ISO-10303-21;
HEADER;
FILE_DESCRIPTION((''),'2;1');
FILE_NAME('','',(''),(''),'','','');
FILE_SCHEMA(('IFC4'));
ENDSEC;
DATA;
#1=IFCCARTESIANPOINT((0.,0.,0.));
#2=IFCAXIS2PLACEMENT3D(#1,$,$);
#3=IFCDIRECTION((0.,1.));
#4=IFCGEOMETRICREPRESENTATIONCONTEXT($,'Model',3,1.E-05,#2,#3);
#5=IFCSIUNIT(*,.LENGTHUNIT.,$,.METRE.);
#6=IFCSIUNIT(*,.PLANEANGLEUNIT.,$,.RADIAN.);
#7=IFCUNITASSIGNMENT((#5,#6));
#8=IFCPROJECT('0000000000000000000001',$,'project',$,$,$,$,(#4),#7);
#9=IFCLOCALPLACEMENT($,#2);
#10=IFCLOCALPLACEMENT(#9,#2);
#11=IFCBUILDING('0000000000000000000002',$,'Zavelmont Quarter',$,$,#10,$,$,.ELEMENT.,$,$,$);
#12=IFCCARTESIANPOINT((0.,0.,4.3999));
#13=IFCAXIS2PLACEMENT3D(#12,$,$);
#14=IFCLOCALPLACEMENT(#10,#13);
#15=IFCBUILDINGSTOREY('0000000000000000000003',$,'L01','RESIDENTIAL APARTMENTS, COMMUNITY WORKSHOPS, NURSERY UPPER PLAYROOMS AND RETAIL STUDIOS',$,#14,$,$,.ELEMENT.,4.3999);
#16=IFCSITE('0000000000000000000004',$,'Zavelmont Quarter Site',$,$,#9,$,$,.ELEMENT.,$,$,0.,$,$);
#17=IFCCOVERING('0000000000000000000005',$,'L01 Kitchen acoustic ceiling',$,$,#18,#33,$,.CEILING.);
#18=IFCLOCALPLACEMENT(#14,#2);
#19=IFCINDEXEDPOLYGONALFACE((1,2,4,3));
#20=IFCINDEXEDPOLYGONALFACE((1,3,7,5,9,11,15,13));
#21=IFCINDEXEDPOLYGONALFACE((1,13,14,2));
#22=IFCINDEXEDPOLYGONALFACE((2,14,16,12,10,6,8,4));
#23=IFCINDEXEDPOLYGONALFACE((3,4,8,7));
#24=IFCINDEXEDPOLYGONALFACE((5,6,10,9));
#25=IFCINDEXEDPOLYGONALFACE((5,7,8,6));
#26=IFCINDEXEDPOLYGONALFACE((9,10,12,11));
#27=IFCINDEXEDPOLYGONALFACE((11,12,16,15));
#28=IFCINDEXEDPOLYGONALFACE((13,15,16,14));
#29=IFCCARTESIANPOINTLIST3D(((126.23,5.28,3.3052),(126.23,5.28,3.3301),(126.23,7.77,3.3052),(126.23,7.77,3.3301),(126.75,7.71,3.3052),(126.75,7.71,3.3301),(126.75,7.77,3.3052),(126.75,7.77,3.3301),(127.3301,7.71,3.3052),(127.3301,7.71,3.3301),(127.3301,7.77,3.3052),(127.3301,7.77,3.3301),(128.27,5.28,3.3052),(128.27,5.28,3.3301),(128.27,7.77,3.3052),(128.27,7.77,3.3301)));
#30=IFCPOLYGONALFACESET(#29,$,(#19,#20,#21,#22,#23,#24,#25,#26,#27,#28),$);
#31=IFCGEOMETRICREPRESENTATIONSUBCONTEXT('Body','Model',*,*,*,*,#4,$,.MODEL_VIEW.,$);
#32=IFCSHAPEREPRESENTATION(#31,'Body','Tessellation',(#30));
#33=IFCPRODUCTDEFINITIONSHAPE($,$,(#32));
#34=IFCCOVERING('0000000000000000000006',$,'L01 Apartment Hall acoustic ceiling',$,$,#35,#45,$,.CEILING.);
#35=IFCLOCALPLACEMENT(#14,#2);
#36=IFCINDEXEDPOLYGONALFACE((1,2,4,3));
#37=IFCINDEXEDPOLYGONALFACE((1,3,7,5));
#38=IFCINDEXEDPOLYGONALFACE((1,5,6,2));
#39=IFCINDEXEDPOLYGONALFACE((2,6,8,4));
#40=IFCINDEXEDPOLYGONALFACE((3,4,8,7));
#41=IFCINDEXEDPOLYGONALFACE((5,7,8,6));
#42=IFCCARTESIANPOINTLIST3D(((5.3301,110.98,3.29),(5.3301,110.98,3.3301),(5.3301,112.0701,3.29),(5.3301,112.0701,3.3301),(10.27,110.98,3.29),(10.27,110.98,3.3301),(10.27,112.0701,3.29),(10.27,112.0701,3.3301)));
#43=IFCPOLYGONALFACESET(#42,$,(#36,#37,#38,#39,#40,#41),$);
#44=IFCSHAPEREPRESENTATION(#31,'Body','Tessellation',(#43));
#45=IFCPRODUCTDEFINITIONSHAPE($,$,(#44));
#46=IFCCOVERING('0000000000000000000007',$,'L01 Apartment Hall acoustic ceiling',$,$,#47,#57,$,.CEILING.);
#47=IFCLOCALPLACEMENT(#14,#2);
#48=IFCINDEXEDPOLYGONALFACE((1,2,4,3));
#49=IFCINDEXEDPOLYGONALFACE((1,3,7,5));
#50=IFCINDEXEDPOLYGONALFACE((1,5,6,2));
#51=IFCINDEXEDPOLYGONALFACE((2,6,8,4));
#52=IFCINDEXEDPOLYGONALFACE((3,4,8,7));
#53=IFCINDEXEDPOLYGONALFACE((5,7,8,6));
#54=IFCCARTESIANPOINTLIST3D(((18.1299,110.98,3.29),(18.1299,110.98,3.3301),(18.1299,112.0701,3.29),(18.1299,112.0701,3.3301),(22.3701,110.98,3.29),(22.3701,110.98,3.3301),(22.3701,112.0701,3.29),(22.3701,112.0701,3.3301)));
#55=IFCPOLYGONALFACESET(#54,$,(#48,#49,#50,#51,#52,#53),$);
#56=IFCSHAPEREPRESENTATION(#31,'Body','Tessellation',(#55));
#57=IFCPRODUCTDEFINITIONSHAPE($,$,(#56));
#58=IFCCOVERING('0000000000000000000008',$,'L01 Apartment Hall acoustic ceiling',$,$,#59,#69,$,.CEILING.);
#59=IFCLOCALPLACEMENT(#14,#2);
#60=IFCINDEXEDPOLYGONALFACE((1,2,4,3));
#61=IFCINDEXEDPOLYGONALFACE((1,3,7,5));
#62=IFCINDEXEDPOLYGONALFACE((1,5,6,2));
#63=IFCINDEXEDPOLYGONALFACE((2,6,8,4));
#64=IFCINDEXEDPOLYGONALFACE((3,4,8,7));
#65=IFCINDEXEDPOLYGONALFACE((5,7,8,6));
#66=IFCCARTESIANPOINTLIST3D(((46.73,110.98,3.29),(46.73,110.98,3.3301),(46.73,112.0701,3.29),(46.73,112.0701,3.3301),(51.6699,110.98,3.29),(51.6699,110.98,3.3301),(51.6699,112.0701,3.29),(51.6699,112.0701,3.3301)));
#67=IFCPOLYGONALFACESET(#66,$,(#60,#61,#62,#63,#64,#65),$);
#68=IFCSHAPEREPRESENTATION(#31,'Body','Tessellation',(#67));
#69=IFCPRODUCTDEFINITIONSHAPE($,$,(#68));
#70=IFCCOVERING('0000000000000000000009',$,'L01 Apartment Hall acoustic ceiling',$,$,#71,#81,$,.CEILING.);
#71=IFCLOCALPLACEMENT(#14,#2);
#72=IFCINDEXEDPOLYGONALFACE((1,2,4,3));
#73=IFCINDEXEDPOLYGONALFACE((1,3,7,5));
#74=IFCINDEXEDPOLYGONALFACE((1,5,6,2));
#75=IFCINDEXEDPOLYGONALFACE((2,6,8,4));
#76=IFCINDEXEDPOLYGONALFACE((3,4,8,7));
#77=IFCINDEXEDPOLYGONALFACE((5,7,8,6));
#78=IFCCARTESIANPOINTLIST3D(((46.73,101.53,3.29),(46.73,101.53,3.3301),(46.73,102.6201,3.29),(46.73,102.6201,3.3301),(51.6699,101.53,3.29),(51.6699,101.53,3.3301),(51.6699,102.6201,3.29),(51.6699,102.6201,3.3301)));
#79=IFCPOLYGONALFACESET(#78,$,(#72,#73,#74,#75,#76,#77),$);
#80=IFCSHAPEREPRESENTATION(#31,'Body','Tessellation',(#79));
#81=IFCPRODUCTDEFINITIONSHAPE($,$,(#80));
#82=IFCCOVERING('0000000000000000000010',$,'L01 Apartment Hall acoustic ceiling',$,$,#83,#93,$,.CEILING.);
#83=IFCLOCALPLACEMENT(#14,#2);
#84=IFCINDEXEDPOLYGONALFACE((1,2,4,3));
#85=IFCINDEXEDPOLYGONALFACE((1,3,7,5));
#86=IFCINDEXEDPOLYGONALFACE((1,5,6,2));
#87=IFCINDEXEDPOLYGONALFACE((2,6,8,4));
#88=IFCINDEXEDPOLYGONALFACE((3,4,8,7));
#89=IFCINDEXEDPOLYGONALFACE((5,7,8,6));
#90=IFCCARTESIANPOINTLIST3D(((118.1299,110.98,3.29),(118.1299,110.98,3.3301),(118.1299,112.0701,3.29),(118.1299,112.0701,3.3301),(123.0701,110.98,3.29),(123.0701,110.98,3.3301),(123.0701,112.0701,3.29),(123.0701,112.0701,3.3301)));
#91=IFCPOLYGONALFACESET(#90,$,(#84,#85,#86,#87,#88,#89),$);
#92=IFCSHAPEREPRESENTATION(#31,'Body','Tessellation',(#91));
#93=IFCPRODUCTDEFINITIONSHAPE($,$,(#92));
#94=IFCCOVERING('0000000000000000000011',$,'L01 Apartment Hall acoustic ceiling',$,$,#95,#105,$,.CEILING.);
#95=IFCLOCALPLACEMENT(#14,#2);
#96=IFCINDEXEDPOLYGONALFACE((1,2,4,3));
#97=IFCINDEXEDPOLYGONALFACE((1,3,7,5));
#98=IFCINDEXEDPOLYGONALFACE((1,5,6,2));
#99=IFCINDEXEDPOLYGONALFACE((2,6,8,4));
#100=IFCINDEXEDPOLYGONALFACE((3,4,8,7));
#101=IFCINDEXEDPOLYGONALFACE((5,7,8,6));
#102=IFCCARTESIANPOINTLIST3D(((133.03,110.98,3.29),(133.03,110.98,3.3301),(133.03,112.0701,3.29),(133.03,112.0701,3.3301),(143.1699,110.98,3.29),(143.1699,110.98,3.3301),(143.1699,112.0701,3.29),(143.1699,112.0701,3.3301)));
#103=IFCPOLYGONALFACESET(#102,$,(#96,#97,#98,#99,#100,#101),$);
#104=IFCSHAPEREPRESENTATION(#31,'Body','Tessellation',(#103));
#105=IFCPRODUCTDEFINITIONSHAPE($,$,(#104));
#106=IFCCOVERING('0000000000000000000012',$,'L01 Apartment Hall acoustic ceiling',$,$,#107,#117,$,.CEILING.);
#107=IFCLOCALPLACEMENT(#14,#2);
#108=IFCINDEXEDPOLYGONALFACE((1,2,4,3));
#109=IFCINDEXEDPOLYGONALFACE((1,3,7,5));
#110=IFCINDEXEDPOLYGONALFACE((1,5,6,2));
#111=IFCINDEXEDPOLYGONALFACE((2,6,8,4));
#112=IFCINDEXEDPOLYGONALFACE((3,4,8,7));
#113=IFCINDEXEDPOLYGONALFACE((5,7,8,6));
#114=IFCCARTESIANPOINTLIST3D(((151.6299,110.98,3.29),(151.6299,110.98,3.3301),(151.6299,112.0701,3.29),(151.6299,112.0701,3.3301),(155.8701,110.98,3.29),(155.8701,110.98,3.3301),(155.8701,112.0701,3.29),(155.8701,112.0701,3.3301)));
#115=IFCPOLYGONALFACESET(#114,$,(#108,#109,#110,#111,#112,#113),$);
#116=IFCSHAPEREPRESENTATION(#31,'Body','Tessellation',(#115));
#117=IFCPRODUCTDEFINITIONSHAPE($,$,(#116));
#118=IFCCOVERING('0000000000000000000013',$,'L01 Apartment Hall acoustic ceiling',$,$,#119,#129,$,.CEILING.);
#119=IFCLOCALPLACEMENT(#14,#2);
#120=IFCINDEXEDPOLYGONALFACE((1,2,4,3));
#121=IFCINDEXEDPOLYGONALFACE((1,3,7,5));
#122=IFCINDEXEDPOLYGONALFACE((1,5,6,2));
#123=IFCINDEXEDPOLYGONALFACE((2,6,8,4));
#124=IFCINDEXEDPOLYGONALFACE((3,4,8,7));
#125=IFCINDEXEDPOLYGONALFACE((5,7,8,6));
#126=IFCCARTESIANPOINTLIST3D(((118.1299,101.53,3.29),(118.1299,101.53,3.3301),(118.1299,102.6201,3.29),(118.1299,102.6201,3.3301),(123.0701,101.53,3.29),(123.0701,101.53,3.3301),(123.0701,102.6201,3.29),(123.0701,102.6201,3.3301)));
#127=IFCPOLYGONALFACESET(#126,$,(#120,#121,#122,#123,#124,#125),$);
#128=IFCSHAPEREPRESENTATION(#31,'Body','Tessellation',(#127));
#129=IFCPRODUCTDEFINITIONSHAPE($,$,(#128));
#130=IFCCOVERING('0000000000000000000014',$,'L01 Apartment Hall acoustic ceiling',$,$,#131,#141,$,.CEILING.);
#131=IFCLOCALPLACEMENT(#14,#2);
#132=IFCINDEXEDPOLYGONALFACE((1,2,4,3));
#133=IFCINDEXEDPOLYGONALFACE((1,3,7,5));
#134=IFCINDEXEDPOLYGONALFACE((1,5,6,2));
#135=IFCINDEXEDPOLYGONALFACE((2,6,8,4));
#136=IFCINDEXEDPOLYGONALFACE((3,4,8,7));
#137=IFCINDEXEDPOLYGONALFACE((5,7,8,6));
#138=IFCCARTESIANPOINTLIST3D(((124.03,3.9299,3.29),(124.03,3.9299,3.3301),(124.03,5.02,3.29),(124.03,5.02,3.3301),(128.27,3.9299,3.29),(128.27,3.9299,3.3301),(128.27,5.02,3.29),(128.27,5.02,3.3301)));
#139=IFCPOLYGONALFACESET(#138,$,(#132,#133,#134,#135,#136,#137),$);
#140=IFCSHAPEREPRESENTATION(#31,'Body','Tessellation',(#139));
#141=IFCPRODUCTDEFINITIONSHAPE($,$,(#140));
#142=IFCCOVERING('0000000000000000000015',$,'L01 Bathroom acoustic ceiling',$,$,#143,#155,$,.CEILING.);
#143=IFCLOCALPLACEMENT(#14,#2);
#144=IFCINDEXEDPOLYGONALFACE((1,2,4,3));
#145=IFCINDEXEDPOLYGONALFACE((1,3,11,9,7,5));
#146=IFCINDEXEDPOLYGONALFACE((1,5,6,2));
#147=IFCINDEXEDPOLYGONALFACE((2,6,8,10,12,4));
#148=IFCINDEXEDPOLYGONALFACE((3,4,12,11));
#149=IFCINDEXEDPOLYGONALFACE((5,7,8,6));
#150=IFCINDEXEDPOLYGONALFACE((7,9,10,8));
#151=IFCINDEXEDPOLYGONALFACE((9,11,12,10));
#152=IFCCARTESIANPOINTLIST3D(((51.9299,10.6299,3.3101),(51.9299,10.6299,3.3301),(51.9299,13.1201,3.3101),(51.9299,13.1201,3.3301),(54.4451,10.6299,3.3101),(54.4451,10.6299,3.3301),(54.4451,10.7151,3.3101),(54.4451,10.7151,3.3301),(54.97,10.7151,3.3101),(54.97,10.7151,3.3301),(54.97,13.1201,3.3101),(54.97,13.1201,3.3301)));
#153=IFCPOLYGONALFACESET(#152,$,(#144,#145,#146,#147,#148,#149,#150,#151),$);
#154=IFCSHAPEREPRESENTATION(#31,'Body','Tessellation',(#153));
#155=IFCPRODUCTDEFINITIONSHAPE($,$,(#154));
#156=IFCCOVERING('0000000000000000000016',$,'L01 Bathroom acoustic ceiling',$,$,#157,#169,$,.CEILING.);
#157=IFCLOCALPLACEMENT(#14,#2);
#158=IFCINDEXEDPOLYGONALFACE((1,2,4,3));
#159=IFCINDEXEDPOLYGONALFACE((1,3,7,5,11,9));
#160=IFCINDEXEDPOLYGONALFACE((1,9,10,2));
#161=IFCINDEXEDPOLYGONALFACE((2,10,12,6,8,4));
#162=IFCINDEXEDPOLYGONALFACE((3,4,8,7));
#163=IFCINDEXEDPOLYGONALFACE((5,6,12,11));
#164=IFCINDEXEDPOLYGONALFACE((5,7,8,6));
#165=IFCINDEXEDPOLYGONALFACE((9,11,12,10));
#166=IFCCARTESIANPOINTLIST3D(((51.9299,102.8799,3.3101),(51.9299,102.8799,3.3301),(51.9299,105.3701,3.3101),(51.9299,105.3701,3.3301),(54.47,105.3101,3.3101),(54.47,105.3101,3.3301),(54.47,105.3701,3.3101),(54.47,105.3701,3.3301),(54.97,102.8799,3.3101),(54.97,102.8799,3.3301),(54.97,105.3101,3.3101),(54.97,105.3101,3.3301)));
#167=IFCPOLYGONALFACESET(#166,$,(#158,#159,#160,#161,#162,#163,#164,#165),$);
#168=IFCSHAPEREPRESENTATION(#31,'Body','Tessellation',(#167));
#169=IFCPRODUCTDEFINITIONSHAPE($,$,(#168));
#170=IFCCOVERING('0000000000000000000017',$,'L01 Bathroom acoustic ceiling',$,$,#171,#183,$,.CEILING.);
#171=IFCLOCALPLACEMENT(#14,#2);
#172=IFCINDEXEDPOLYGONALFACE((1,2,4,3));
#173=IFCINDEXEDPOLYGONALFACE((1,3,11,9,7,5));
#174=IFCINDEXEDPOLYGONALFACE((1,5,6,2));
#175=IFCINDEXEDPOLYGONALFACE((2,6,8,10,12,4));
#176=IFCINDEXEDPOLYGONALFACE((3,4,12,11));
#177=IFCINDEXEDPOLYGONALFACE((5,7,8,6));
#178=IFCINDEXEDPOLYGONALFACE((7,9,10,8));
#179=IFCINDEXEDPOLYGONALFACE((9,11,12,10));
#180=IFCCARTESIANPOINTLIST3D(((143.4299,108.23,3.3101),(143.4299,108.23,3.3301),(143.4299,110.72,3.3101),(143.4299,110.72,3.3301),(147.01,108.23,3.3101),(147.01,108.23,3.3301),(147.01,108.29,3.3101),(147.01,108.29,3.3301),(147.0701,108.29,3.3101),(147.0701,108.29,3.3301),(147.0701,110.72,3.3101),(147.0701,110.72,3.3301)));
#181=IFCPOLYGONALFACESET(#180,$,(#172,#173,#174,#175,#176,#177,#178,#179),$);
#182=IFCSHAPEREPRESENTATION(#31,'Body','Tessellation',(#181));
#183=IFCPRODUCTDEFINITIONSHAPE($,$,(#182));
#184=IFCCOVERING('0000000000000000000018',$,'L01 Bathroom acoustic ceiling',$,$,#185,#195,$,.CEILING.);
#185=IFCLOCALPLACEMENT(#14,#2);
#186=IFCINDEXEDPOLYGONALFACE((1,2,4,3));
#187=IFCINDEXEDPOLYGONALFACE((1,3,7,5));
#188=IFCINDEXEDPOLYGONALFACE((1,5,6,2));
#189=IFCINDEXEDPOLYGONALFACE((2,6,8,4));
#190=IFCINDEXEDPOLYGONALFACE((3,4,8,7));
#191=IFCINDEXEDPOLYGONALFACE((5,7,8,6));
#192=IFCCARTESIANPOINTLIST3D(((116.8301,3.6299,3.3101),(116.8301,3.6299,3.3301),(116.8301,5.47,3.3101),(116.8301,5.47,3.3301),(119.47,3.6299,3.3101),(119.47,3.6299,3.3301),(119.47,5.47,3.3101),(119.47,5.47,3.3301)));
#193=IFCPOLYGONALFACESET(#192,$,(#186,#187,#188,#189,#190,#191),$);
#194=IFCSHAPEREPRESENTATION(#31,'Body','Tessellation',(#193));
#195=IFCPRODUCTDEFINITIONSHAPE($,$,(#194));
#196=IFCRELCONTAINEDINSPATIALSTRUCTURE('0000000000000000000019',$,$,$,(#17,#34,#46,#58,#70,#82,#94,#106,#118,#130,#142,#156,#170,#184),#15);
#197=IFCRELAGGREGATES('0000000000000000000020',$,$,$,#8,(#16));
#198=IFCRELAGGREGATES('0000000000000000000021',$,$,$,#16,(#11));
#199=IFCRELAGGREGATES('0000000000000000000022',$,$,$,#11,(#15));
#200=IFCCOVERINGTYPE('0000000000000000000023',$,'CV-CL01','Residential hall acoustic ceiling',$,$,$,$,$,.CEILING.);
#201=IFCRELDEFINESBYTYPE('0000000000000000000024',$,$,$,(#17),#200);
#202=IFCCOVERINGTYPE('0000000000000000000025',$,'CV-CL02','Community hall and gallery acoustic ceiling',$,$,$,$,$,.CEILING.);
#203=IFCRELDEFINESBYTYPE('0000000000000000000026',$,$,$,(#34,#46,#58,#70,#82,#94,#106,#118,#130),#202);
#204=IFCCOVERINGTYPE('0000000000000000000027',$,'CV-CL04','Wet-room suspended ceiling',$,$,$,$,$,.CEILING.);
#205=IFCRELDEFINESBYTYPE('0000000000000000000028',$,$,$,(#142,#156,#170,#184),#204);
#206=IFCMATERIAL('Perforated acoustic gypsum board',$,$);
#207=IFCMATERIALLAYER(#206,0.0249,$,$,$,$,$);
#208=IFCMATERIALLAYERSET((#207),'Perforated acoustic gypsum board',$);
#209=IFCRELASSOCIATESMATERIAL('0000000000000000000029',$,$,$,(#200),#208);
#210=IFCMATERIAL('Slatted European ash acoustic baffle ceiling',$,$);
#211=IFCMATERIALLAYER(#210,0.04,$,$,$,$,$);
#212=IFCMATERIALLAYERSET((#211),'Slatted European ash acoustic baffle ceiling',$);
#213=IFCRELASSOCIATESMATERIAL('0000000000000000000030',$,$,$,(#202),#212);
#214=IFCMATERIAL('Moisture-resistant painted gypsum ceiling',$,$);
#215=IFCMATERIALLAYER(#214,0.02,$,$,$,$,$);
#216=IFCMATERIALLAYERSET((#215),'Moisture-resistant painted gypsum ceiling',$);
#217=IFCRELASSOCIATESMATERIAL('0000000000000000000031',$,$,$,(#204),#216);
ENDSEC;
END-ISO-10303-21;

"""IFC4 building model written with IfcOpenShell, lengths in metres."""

from ifc_helpers import new_model, si_unit, direction, frame, origin, place, context, subcontext, project, spatial, polyline, outline, extrude, material, layer, layer_set, type_object, element, save


model = new_model("IFC4")

# Units and contexts
model_context = context("Model", 3, precision=1e-05, world=origin(), true_north=direction((0.0, 1.0)))
body_context = subcontext(model_context, "Body", "Model", "MODEL_VIEW")
ifc_project = project(units=[si_unit("LENGTHUNIT", "METRE"), si_unit("PLANEANGLEUNIT", "RADIAN")], contexts=[model_context])

# Site, building, storey
site_placement = place(None, origin())
site = spatial("IfcSite", under=ifc_project, at=site_placement, Name="Zavelmont Quarter Site", CompositionType="ELEMENT", RefElevation=0.0)
building_placement = place(site_placement, origin())
building = spatial("IfcBuilding", under=site, at=building_placement, Name="Zavelmont Quarter", CompositionType="ELEMENT")
storey_placement = place(building_placement, frame((0.0, 0.0, 4.3999)))
storey = spatial("IfcBuildingStorey", under=building, at=storey_placement, Name="L01", Description="RESIDENTIAL APARTMENTS, COMMUNITY WORKSHOPS, NURSERY UPPER PLAYROOMS AND RETAIL STUDIOS", CompositionType="ELEMENT", Elevation=4.3999)

# Coverings
ifc_material_1 = material(Name="Perforated acoustic gypsum board")
ifc_layer_1 = layer(ifc_material_1, 0.0249)
ifc_layer_set_1 = layer_set([ifc_layer_1], Name="Perforated acoustic gypsum board")
covering_type_1 = type_object("IfcCoveringType", Name="CV-CL01", Description="Residential hall acoustic ceiling", PredefinedType="CEILING", material=ifc_layer_set_1)
covering_1_placement = place(storey_placement, frame((0.0, 0.0, 3.3052)))
element("IfcCovering", 1, at=covering_1_placement, inside=storey, type_object=covering_type_1, Name="L01 Kitchen acoustic ceiling", PredefinedType="CEILING", context=body_context, shape_type="SweptSolid", body=[
    extrude(outline(polyline([(126.23, 7.77), (126.75, 7.77), (126.75, 7.71), (127.3301, 7.71), (127.3301, 7.77), (128.27, 7.77), (128.27, 5.28), (126.23, 5.28), (126.23, 7.77)])), origin(), (0.0, 0.0, 1.0), 0.0249),
])
ifc_material_2 = material(Name="Slatted European ash acoustic baffle ceiling")
ifc_layer_2 = layer(ifc_material_2, 0.04)
ifc_layer_set_2 = layer_set([ifc_layer_2], Name="Slatted European ash acoustic baffle ceiling")
covering_type_2 = type_object("IfcCoveringType", Name="CV-CL02", Description="Community hall and gallery acoustic ceiling", PredefinedType="CEILING", material=ifc_layer_set_2)
covering_2_placement = place(storey_placement, frame((0.0, 0.0, 3.29)))
element("IfcCovering", 2, at=covering_2_placement, inside=storey, type_object=covering_type_2, Name="L01 Apartment Hall acoustic ceiling", PredefinedType="CEILING", context=body_context, shape_type="SweptSolid", body=[
    extrude(outline(polyline([(5.3301, 112.0701), (10.27, 112.0701), (10.27, 110.98), (5.3301, 110.98), (5.3301, 112.0701)])), origin(), (0.0, 0.0, 1.0), 0.04),
])
covering_3_placement = place(storey_placement, frame((0.0, 0.0, 3.29)))
element("IfcCovering", 3, at=covering_3_placement, inside=storey, type_object=covering_type_2, Name="L01 Apartment Hall acoustic ceiling", PredefinedType="CEILING", context=body_context, shape_type="SweptSolid", body=[
    extrude(outline(polyline([(18.1299, 112.0701), (22.3701, 112.0701), (22.3701, 110.98), (18.1299, 110.98), (18.1299, 112.0701)])), origin(), (0.0, 0.0, 1.0), 0.04),
])
covering_4_placement = place(storey_placement, frame((0.0, 0.0, 3.29)))
element("IfcCovering", 4, at=covering_4_placement, inside=storey, type_object=covering_type_2, Name="L01 Apartment Hall acoustic ceiling", PredefinedType="CEILING", context=body_context, shape_type="SweptSolid", body=[
    extrude(outline(polyline([(46.73, 112.0701), (51.6699, 112.0701), (51.6699, 110.98), (46.73, 110.98), (46.73, 112.0701)])), origin(), (0.0, 0.0, 1.0), 0.04),
])
covering_5_placement = place(storey_placement, frame((0.0, 0.0, 3.29)))
element("IfcCovering", 5, at=covering_5_placement, inside=storey, type_object=covering_type_2, Name="L01 Apartment Hall acoustic ceiling", PredefinedType="CEILING", context=body_context, shape_type="SweptSolid", body=[
    extrude(outline(polyline([(46.73, 102.6201), (51.6699, 102.6201), (51.6699, 101.53), (46.73, 101.53), (46.73, 102.6201)])), origin(), (0.0, 0.0, 1.0), 0.04),
])
covering_6_placement = place(storey_placement, frame((0.0, 0.0, 3.29)))
element("IfcCovering", 6, at=covering_6_placement, inside=storey, type_object=covering_type_2, Name="L01 Apartment Hall acoustic ceiling", PredefinedType="CEILING", context=body_context, shape_type="SweptSolid", body=[
    extrude(outline(polyline([(118.1299, 112.0701), (123.0701, 112.0701), (123.0701, 110.98), (118.1299, 110.98), (118.1299, 112.0701)])), origin(), (0.0, 0.0, 1.0), 0.04),
])
covering_7_placement = place(storey_placement, frame((0.0, 0.0, 3.29)))
element("IfcCovering", 7, at=covering_7_placement, inside=storey, type_object=covering_type_2, Name="L01 Apartment Hall acoustic ceiling", PredefinedType="CEILING", context=body_context, shape_type="SweptSolid", body=[
    extrude(outline(polyline([(133.03, 112.0701), (143.1699, 112.0701), (143.1699, 110.98), (133.03, 110.98), (133.03, 112.0701)])), origin(), (0.0, 0.0, 1.0), 0.04),
])
covering_8_placement = place(storey_placement, frame((0.0, 0.0, 3.29)))
element("IfcCovering", 8, at=covering_8_placement, inside=storey, type_object=covering_type_2, Name="L01 Apartment Hall acoustic ceiling", PredefinedType="CEILING", context=body_context, shape_type="SweptSolid", body=[
    extrude(outline(polyline([(151.6299, 112.0701), (155.8701, 112.0701), (155.8701, 110.98), (151.6299, 110.98), (151.6299, 112.0701)])), origin(), (0.0, 0.0, 1.0), 0.04),
])
covering_9_placement = place(storey_placement, frame((0.0, 0.0, 3.29)))
element("IfcCovering", 9, at=covering_9_placement, inside=storey, type_object=covering_type_2, Name="L01 Apartment Hall acoustic ceiling", PredefinedType="CEILING", context=body_context, shape_type="SweptSolid", body=[
    extrude(outline(polyline([(118.1299, 102.6201), (123.0701, 102.6201), (123.0701, 101.53), (118.1299, 101.53), (118.1299, 102.6201)])), origin(), (0.0, 0.0, 1.0), 0.04),
])
covering_10_placement = place(storey_placement, frame((0.0, 0.0, 3.29)))
element("IfcCovering", 10, at=covering_10_placement, inside=storey, type_object=covering_type_2, Name="L01 Apartment Hall acoustic ceiling", PredefinedType="CEILING", context=body_context, shape_type="SweptSolid", body=[
    extrude(outline(polyline([(124.03, 5.02), (128.27, 5.02), (128.27, 3.9299), (124.03, 3.9299), (124.03, 5.02)])), origin(), (0.0, 0.0, 1.0), 0.04),
])
ifc_material_3 = material(Name="Moisture-resistant painted gypsum ceiling")
ifc_layer_3 = layer(ifc_material_3, 0.02)
ifc_layer_set_3 = layer_set([ifc_layer_3], Name="Moisture-resistant painted gypsum ceiling")
covering_type_3 = type_object("IfcCoveringType", Name="CV-CL04", Description="Wet-room suspended ceiling", PredefinedType="CEILING", material=ifc_layer_set_3)
covering_11_placement = place(storey_placement, frame((0.0, 0.0, 3.3101)))
element("IfcCovering", 11, at=covering_11_placement, inside=storey, type_object=covering_type_3, Name="L01 Bathroom acoustic ceiling", PredefinedType="CEILING", context=body_context, shape_type="SweptSolid", body=[
    extrude(outline(polyline([(51.9299, 13.1201), (54.97, 13.1201), (54.97, 10.7151), (54.4451, 10.7151), (54.4451, 10.6299), (51.9299, 10.6299), (51.9299, 13.1201)])), origin(), (0.0, 0.0, 1.0), 0.02),
])
covering_12_placement = place(storey_placement, frame((0.0, 0.0, 3.3101)))
element("IfcCovering", 12, at=covering_12_placement, inside=storey, type_object=covering_type_3, Name="L01 Bathroom acoustic ceiling", PredefinedType="CEILING", context=body_context, shape_type="SweptSolid", body=[
    extrude(outline(polyline([(51.9299, 105.3701), (54.47, 105.3701), (54.47, 105.3101), (54.97, 105.3101), (54.97, 102.8799), (51.9299, 102.8799), (51.9299, 105.3701)])), origin(), (0.0, 0.0, 1.0), 0.02),
])
covering_13_placement = place(storey_placement, frame((0.0, 0.0, 3.3101)))
element("IfcCovering", 13, at=covering_13_placement, inside=storey, type_object=covering_type_3, Name="L01 Bathroom acoustic ceiling", PredefinedType="CEILING", context=body_context, shape_type="SweptSolid", body=[
    extrude(outline(polyline([(143.4299, 110.72), (147.0701, 110.72), (147.0701, 108.29), (147.01, 108.29), (147.01, 108.23), (143.4299, 108.23), (143.4299, 110.72)])), origin(), (0.0, 0.0, 1.0), 0.02),
])
covering_14_placement = place(storey_placement, frame((0.0, 0.0, 3.3101)))
element("IfcCovering", 14, at=covering_14_placement, inside=storey, type_object=covering_type_3, Name="L01 Bathroom acoustic ceiling", PredefinedType="CEILING", context=body_context, shape_type="SweptSolid", body=[
    extrude(outline(polyline([(116.8301, 5.47), (119.47, 5.47), (119.47, 3.6299), (116.8301, 3.6299), (116.8301, 5.47)])), origin(), (0.0, 0.0, 1.0), 0.02),
])

save(model, "model.ifc")
